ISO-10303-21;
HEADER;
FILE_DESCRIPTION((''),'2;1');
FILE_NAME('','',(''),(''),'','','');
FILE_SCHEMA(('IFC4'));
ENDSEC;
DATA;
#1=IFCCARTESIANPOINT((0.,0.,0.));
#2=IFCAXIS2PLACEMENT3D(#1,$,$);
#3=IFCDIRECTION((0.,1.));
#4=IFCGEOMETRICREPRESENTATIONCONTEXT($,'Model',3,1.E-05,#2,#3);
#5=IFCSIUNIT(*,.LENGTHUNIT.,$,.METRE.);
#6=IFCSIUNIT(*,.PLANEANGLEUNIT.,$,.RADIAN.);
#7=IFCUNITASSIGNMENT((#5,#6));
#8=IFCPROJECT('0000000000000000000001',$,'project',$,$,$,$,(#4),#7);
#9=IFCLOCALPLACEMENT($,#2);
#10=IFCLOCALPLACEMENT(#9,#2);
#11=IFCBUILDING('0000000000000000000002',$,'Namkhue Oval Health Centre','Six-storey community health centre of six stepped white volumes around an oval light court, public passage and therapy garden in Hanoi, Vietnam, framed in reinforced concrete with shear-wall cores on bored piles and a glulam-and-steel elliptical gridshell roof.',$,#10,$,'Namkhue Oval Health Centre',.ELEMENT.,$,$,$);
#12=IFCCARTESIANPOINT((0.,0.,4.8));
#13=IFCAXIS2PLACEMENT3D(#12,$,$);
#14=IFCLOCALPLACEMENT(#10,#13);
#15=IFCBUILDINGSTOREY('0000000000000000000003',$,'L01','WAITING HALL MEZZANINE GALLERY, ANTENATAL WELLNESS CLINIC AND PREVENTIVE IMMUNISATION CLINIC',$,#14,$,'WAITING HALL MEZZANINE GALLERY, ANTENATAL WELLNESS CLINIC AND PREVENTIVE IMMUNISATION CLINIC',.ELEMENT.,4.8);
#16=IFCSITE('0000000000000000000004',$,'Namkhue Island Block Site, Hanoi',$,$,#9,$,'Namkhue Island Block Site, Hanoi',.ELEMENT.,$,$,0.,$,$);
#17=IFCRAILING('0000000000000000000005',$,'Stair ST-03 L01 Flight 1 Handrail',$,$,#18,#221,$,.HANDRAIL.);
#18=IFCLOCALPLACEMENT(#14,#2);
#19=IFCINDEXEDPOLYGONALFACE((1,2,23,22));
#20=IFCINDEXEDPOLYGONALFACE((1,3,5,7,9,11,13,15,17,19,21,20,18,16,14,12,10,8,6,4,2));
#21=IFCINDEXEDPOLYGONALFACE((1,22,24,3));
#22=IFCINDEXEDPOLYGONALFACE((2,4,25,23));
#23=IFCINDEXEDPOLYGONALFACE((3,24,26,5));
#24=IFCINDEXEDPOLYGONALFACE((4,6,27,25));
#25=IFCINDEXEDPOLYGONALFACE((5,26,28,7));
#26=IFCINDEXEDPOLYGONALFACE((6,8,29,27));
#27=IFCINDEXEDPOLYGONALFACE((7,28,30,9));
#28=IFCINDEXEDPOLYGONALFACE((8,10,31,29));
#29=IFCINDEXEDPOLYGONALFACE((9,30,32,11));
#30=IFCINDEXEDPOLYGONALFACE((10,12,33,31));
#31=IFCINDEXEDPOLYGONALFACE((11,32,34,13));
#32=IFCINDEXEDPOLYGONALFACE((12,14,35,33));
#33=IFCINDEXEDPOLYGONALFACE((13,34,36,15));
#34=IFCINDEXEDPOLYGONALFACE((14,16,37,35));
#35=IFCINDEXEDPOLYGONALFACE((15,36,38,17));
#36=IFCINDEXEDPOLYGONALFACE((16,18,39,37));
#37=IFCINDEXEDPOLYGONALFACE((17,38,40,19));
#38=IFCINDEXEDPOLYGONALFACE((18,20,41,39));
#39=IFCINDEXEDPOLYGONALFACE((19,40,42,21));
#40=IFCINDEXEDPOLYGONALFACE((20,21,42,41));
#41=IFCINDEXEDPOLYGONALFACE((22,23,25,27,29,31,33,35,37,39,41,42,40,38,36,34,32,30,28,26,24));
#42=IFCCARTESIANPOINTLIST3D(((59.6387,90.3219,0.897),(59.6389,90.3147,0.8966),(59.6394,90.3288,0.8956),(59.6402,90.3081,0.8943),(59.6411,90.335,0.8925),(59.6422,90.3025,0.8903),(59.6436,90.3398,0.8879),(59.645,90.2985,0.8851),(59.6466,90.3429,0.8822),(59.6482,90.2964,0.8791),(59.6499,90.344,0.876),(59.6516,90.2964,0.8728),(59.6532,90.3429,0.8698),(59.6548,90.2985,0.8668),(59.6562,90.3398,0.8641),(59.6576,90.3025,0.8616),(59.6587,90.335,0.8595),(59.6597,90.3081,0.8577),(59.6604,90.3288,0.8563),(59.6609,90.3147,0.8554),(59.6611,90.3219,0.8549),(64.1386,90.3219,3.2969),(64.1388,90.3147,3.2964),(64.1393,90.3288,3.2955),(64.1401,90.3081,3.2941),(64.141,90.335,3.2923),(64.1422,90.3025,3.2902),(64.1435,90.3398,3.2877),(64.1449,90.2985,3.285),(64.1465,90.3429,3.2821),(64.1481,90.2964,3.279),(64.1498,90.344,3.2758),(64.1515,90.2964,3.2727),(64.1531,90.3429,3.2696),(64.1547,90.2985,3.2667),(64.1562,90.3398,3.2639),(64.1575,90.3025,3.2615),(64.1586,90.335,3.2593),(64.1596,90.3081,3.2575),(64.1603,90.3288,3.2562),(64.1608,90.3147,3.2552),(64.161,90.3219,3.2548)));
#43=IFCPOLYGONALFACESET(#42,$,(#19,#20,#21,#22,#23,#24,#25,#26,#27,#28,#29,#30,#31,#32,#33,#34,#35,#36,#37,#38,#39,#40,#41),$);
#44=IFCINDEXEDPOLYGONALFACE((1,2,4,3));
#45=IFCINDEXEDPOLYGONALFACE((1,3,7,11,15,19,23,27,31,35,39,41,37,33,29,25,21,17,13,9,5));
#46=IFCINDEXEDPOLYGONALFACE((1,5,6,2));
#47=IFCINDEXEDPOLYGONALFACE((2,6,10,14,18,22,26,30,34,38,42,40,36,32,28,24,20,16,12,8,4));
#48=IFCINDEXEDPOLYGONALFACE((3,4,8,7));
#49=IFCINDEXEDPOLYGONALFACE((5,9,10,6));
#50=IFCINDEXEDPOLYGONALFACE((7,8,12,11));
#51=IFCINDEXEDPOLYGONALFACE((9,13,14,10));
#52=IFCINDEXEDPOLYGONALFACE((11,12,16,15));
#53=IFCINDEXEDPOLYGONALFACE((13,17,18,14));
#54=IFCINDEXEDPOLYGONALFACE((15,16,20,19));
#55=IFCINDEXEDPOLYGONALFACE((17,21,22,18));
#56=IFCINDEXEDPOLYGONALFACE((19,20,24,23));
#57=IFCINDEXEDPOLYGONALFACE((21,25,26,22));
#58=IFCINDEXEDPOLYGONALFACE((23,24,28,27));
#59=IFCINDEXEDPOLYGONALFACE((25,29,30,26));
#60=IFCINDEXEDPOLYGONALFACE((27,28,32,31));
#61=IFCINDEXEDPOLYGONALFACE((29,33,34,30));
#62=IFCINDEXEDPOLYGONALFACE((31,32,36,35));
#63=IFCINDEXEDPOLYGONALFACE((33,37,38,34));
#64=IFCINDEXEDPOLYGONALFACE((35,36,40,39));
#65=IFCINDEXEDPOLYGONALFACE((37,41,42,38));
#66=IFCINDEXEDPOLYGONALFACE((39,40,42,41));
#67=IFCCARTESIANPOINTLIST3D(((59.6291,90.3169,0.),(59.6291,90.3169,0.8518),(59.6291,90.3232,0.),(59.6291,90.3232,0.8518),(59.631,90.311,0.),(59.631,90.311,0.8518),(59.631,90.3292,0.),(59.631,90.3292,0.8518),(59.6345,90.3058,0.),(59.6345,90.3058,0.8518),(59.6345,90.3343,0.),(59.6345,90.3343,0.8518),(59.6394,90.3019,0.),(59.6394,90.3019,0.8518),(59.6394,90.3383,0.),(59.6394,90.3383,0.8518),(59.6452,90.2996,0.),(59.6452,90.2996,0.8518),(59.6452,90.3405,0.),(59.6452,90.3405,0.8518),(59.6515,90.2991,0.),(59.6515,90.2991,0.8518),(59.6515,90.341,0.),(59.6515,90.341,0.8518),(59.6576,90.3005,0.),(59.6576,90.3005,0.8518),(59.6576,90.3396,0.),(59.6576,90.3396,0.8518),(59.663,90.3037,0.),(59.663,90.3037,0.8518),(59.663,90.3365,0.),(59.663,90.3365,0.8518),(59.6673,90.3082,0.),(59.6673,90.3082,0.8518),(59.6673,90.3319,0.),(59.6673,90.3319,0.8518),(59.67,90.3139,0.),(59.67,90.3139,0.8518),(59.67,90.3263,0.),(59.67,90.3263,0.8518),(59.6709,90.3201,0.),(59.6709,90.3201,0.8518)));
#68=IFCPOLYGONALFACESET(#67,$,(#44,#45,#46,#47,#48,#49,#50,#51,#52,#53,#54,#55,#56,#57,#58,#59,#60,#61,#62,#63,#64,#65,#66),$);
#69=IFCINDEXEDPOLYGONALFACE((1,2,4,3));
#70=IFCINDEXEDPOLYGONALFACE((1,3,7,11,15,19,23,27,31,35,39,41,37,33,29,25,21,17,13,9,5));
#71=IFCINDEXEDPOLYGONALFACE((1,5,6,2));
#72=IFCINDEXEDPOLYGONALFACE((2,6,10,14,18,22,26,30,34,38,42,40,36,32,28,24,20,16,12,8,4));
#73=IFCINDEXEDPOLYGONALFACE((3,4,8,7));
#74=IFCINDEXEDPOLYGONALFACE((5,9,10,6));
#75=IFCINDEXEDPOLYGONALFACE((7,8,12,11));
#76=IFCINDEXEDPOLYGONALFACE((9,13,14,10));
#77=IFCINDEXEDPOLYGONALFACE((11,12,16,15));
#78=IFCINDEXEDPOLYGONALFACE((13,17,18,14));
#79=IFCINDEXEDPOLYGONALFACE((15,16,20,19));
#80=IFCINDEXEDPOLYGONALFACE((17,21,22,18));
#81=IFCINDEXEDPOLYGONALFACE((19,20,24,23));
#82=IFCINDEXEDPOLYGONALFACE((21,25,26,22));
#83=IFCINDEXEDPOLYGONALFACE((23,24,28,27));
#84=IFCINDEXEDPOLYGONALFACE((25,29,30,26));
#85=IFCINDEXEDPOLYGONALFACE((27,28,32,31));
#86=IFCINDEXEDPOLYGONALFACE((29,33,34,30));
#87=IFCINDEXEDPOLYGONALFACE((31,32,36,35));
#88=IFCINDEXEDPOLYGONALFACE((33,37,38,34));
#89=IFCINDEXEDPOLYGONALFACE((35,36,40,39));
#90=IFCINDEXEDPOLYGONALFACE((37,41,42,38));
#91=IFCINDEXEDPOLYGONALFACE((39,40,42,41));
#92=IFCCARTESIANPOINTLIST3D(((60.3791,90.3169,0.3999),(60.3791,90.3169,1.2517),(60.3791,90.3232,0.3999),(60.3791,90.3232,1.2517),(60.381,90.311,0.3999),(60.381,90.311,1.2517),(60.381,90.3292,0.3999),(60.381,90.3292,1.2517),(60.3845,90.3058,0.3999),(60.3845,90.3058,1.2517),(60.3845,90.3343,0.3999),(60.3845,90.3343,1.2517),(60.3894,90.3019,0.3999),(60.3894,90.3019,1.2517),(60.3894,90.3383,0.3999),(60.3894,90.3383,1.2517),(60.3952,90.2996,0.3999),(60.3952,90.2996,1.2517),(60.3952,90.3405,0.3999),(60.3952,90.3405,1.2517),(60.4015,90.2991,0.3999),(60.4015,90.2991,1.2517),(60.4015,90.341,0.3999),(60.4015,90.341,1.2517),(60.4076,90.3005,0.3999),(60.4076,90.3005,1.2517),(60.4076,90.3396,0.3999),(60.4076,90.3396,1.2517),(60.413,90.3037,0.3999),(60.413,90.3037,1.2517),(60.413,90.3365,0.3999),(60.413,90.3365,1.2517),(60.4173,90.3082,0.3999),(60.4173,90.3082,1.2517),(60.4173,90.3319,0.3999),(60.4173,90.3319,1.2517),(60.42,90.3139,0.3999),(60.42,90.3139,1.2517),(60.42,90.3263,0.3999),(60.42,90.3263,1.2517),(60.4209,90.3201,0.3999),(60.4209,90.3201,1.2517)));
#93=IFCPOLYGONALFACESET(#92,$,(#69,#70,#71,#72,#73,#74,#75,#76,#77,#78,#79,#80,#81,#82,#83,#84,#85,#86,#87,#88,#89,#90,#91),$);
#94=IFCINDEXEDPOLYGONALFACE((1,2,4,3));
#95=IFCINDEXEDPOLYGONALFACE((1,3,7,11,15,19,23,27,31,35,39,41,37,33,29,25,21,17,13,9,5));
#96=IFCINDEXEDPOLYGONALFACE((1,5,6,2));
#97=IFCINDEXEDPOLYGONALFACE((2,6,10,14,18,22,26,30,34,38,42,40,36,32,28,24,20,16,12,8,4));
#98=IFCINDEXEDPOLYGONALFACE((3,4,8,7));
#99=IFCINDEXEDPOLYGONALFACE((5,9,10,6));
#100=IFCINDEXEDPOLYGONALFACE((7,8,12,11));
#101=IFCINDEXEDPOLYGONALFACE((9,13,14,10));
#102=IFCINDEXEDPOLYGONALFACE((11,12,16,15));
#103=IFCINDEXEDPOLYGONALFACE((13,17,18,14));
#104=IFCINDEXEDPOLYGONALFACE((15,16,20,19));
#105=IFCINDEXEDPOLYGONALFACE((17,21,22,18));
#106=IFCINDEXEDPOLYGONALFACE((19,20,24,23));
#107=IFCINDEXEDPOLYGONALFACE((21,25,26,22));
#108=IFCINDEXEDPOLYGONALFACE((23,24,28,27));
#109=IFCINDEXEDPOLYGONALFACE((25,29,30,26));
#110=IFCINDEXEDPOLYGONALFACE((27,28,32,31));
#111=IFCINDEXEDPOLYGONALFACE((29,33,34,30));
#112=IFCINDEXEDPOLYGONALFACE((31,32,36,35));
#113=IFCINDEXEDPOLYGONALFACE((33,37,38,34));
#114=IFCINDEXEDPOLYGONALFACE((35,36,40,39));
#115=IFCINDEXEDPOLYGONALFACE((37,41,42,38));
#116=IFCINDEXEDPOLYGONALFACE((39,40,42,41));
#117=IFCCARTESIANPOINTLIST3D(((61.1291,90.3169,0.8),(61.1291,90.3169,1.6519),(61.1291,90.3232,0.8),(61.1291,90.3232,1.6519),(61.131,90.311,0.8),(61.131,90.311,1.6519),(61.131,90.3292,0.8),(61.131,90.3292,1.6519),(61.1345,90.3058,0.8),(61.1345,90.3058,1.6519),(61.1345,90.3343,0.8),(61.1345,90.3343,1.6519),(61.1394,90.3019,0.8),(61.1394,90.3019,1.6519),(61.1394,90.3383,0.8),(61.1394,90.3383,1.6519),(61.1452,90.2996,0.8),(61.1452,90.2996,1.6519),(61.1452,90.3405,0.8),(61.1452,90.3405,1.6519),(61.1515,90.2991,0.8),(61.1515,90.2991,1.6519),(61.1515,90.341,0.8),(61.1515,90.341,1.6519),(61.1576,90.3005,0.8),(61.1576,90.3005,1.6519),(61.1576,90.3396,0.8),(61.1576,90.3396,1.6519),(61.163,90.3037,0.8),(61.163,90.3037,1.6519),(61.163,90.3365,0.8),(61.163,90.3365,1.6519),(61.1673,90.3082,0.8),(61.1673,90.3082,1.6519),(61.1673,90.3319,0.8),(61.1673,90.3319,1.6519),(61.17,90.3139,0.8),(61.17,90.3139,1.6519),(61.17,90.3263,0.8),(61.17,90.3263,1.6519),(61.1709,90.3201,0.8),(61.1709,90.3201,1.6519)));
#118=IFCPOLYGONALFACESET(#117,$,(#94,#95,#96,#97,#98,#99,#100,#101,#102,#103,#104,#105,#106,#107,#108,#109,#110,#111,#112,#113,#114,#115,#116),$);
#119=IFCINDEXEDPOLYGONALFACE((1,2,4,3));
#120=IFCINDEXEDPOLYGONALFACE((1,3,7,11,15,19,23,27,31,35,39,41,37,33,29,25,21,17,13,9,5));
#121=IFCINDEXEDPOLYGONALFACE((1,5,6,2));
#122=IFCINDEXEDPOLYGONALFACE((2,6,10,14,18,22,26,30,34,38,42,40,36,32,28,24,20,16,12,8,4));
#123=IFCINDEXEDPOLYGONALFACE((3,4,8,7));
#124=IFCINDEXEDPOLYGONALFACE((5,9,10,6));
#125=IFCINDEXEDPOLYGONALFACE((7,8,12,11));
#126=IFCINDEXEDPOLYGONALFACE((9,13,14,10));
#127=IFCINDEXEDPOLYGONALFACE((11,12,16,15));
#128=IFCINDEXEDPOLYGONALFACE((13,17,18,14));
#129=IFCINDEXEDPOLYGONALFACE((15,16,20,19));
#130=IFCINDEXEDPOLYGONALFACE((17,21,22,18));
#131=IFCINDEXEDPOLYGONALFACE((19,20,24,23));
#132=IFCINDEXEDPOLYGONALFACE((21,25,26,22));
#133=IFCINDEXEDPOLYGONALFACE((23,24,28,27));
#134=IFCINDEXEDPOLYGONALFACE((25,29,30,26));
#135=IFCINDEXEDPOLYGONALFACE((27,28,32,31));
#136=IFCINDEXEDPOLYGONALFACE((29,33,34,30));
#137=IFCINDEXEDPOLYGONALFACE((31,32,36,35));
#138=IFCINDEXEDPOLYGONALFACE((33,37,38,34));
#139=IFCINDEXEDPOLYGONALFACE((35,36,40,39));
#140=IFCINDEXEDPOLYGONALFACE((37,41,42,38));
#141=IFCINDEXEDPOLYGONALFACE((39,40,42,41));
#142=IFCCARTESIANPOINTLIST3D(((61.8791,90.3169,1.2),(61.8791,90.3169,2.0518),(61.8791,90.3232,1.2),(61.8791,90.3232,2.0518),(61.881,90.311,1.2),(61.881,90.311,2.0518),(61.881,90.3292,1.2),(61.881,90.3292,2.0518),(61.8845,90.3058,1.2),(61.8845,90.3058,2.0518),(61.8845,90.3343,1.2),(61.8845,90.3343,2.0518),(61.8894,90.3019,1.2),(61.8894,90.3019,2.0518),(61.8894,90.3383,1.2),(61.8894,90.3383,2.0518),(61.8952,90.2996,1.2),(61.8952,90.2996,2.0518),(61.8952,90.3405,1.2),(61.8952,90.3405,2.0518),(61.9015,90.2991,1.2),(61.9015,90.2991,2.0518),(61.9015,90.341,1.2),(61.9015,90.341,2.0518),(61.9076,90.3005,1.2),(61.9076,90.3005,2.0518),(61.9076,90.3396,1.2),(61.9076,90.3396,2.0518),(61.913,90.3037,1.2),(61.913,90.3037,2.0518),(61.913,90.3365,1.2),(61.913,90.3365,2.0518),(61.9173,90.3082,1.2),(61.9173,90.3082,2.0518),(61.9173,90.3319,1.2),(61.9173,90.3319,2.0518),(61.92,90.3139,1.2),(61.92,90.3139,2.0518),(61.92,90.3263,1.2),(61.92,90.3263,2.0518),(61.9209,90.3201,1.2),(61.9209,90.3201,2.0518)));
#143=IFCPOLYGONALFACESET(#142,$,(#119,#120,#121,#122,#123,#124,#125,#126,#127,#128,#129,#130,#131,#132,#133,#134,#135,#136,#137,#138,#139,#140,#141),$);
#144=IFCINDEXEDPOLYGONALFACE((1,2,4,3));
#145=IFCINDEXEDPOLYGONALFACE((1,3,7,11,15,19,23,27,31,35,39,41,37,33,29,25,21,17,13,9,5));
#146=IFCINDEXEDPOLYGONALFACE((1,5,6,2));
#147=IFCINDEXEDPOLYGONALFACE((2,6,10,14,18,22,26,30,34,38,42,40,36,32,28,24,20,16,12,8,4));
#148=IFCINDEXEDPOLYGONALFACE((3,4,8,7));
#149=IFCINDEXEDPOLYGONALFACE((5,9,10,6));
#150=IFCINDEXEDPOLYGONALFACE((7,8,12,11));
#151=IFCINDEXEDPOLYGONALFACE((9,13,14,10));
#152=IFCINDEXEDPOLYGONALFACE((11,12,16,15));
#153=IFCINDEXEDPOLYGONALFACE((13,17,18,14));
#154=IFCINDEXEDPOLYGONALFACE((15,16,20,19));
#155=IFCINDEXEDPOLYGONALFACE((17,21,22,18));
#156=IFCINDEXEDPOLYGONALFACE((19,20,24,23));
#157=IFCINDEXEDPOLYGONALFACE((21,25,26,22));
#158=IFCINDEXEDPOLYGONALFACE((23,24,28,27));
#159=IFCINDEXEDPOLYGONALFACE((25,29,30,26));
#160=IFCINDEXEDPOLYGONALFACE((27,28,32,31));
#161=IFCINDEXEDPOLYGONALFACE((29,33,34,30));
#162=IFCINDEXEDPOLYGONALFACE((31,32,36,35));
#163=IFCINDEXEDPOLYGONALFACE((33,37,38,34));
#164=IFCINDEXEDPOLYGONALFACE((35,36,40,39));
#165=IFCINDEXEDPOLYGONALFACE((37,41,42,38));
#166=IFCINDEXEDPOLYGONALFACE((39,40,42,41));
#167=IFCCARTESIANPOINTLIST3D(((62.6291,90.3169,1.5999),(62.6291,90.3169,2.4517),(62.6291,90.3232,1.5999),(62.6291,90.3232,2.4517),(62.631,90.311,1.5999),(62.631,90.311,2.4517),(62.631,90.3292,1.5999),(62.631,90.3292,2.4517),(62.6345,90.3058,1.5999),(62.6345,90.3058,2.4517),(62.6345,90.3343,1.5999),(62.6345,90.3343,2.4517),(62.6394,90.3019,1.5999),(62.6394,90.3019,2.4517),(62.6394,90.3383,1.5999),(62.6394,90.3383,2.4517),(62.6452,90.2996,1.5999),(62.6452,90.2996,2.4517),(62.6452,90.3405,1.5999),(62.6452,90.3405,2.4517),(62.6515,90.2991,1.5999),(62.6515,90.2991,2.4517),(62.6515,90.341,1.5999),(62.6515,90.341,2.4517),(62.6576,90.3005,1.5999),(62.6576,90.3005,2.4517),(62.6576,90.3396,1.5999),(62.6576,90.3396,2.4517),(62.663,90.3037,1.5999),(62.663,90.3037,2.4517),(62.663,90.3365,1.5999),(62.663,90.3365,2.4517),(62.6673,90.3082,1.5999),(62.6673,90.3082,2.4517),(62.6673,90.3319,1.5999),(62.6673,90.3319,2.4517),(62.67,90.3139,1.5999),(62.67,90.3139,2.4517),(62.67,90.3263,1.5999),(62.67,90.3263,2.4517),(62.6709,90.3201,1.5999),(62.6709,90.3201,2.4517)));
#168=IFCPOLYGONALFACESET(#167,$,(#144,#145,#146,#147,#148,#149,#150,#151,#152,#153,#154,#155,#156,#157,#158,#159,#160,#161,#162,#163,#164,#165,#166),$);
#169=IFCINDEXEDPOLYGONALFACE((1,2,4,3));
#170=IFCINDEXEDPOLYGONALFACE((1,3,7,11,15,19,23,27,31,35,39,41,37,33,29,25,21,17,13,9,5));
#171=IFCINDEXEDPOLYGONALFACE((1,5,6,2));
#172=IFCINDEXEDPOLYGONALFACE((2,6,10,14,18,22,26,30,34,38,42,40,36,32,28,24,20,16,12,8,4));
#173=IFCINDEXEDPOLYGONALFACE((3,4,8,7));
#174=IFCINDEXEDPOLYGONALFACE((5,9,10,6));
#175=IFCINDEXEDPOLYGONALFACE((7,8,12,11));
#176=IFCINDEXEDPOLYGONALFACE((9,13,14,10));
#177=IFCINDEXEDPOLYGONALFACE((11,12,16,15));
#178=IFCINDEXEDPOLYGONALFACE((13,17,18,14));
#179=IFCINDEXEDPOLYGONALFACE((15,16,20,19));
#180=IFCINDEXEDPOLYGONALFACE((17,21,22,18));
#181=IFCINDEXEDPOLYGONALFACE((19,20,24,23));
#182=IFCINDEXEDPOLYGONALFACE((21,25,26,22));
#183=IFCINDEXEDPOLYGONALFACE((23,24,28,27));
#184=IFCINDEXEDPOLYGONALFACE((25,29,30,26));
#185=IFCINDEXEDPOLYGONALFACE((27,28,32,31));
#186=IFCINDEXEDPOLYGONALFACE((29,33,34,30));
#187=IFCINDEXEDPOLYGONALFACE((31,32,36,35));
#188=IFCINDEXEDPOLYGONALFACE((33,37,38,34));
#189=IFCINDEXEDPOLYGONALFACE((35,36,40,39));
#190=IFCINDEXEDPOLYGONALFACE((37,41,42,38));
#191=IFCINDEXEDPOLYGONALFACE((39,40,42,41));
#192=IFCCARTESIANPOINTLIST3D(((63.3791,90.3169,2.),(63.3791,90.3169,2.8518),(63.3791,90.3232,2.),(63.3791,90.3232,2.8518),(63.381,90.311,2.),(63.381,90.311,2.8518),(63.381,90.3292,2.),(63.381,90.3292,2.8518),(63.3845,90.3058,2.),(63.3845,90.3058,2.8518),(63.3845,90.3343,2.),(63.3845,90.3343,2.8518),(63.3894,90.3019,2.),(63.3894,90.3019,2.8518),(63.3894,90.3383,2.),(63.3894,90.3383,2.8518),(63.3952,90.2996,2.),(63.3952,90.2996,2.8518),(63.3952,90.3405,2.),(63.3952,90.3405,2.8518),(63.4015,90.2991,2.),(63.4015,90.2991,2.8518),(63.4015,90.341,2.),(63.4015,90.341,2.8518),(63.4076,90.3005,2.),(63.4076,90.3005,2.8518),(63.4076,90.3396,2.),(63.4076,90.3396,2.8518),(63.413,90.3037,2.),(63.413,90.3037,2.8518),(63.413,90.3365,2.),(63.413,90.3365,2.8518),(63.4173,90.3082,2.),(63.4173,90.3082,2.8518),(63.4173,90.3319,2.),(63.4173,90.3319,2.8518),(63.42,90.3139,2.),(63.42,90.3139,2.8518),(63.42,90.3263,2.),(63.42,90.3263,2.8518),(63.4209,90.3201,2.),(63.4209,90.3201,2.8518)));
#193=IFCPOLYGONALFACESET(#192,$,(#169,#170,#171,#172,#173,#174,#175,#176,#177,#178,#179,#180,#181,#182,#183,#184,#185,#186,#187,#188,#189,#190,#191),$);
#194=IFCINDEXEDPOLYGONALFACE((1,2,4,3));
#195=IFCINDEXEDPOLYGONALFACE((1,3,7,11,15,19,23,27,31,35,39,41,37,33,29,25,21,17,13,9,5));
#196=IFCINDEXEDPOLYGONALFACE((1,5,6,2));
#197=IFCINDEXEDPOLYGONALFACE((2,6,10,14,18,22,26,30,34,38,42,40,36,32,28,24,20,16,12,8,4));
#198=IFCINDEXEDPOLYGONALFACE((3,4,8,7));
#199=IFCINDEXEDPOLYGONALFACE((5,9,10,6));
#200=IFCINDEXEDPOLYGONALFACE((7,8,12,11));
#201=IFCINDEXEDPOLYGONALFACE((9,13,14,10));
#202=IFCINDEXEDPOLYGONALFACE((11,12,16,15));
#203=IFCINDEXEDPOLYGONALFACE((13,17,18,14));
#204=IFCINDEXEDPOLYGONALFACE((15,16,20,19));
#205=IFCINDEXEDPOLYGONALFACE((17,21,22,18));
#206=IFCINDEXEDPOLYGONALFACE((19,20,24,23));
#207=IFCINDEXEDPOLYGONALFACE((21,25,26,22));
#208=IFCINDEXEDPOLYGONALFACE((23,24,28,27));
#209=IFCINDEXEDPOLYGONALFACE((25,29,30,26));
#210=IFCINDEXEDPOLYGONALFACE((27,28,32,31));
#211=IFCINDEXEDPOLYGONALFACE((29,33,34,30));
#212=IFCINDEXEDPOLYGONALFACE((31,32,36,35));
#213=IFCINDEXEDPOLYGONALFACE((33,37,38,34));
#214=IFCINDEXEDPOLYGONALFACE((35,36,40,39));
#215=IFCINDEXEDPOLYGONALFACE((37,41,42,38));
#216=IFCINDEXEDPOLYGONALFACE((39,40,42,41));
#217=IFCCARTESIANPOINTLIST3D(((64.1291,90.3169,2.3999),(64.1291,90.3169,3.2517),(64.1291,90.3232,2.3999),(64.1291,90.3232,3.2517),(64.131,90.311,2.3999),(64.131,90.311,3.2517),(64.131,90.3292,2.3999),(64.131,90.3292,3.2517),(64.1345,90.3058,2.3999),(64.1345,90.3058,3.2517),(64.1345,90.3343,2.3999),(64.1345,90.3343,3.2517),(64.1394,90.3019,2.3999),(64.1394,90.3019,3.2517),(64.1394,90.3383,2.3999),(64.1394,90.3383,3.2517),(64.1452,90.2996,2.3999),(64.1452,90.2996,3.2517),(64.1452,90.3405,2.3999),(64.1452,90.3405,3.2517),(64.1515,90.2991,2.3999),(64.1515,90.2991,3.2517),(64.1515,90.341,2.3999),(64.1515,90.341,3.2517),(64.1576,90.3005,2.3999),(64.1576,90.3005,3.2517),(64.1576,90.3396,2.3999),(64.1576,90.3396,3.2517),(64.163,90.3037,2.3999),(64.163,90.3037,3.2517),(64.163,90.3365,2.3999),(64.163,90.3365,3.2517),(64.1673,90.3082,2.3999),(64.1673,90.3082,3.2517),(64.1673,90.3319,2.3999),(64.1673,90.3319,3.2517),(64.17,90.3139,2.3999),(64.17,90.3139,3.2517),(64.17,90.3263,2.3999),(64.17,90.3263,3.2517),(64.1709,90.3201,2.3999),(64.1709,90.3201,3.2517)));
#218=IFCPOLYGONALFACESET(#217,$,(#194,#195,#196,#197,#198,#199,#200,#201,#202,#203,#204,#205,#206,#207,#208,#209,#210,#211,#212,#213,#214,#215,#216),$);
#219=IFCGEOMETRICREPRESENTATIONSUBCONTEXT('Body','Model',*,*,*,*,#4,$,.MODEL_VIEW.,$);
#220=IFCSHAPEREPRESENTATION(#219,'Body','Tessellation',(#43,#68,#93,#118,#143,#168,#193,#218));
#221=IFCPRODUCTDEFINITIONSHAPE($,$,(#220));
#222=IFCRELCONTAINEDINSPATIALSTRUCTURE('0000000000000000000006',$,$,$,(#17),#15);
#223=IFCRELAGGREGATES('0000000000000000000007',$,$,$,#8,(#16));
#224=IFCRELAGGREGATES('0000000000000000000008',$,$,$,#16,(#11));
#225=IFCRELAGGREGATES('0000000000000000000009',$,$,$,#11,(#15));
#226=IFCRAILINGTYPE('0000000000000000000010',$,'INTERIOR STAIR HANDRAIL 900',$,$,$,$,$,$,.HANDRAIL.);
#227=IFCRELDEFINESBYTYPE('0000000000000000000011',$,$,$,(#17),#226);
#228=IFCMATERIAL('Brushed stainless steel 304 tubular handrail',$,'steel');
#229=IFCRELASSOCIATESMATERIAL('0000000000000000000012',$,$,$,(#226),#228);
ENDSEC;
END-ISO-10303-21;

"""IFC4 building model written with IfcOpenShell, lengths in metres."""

from ifc_helpers import new_model, si_unit, direction, frame, origin, origin_2d, place, context, subcontext, project, spatial, circle, extrude, material, type_object, element, save


model = new_model("IFC4")

# Units and contexts
model_context = context("Model", 3, precision=1e-05, world=origin(), true_north=direction((0.0, 1.0)))
body_context = subcontext(model_context, "Body", "Model", "MODEL_VIEW")
ifc_project = project(units=[si_unit("LENGTHUNIT", "METRE"), si_unit("PLANEANGLEUNIT", "RADIAN")], contexts=[model_context])

# Site, building, storey
site_placement = place(None, origin())
site = spatial("IfcSite", under=ifc_project, at=site_placement, Name="Namkhue Island Block Site, Hanoi", LongName="Namkhue Island Block Site, Hanoi", CompositionType="ELEMENT", RefElevation=0.0)
building_placement = place(site_placement, origin())
building = spatial("IfcBuilding", under=site, at=building_placement, Name="Namkhue Oval Health Centre", Description="Six-storey community health centre of six stepped white volumes around an oval light court, public passage and therapy garden in Hanoi, Vietnam, framed in reinforced concrete with shear-wall cores on bored piles and a glulam-and-steel elliptical gridshell roof.", LongName="Namkhue Oval Health Centre", CompositionType="ELEMENT")
storey_placement = place(building_placement, frame((0.0, 0.0, 4.8)))
storey = spatial("IfcBuildingStorey", under=building, at=storey_placement, Name="L01", Description="WAITING HALL MEZZANINE GALLERY, ANTENATAL WELLNESS CLINIC AND PREVENTIVE IMMUNISATION CLINIC", LongName="WAITING HALL MEZZANINE GALLERY, ANTENATAL WELLNESS CLINIC AND PREVENTIVE IMMUNISATION CLINIC", CompositionType="ELEMENT", Elevation=4.8)

# Railing
ifc_material_1 = material(Name="Brushed stainless steel 304 tubular handrail", Category="steel")
railing_type_1 = type_object("IfcRailingType", Name="INTERIOR STAIR HANDRAIL 900", PredefinedType="HANDRAIL", material=ifc_material_1)
railing_1_placement = place(storey_placement, frame((59.6499, 90.3201, 0.0)))
element("IfcRailing", 1, at=railing_1_placement, inside=storey, type_object=railing_type_1, Name="Stair ST-03 L01 Flight 1 Handrail", PredefinedType="HANDRAIL", context=body_context, shape_type="SweptSolid", body=[
    extrude(circle(Radius=0.0239, at=origin_2d()), frame((0.0, 0.0, 0.876), z_axis=(0.882361, 0.0, 0.470573), x_axis=(0.0, 1.0, 0.0)), (0.0, 0.0, 1.0), 5.0999),
    extrude(circle(Radius=0.021, at=origin_2d()), origin(), (0.0, 0.0, 1.0), 0.8518),
    extrude(circle(Radius=0.021, at=origin_2d()), frame((0.75, 0.0, 0.3999)), (0.0, 0.0, 1.0), 0.8518),
    extrude(circle(Radius=0.021, at=origin_2d()), frame((1.5, 0.0, 0.8)), (0.0, 0.0, 1.0), 0.8518),
    extrude(circle(Radius=0.021, at=origin_2d()), frame((2.25, 0.0, 1.2)), (0.0, 0.0, 1.0), 0.8518),
    extrude(circle(Radius=0.021, at=origin_2d()), frame((3.0, 0.0, 1.5999)), (0.0, 0.0, 1.0), 0.8518),
    extrude(circle(Radius=0.021, at=origin_2d()), frame((3.75, 0.0, 2.0)), (0.0, 0.0, 1.0), 0.8518),
    extrude(circle(Radius=0.021, at=origin_2d()), frame((4.5, 0.0, 2.3999)), (0.0, 0.0, 1.0), 0.8518),
])

save(model, "model.ifc")
